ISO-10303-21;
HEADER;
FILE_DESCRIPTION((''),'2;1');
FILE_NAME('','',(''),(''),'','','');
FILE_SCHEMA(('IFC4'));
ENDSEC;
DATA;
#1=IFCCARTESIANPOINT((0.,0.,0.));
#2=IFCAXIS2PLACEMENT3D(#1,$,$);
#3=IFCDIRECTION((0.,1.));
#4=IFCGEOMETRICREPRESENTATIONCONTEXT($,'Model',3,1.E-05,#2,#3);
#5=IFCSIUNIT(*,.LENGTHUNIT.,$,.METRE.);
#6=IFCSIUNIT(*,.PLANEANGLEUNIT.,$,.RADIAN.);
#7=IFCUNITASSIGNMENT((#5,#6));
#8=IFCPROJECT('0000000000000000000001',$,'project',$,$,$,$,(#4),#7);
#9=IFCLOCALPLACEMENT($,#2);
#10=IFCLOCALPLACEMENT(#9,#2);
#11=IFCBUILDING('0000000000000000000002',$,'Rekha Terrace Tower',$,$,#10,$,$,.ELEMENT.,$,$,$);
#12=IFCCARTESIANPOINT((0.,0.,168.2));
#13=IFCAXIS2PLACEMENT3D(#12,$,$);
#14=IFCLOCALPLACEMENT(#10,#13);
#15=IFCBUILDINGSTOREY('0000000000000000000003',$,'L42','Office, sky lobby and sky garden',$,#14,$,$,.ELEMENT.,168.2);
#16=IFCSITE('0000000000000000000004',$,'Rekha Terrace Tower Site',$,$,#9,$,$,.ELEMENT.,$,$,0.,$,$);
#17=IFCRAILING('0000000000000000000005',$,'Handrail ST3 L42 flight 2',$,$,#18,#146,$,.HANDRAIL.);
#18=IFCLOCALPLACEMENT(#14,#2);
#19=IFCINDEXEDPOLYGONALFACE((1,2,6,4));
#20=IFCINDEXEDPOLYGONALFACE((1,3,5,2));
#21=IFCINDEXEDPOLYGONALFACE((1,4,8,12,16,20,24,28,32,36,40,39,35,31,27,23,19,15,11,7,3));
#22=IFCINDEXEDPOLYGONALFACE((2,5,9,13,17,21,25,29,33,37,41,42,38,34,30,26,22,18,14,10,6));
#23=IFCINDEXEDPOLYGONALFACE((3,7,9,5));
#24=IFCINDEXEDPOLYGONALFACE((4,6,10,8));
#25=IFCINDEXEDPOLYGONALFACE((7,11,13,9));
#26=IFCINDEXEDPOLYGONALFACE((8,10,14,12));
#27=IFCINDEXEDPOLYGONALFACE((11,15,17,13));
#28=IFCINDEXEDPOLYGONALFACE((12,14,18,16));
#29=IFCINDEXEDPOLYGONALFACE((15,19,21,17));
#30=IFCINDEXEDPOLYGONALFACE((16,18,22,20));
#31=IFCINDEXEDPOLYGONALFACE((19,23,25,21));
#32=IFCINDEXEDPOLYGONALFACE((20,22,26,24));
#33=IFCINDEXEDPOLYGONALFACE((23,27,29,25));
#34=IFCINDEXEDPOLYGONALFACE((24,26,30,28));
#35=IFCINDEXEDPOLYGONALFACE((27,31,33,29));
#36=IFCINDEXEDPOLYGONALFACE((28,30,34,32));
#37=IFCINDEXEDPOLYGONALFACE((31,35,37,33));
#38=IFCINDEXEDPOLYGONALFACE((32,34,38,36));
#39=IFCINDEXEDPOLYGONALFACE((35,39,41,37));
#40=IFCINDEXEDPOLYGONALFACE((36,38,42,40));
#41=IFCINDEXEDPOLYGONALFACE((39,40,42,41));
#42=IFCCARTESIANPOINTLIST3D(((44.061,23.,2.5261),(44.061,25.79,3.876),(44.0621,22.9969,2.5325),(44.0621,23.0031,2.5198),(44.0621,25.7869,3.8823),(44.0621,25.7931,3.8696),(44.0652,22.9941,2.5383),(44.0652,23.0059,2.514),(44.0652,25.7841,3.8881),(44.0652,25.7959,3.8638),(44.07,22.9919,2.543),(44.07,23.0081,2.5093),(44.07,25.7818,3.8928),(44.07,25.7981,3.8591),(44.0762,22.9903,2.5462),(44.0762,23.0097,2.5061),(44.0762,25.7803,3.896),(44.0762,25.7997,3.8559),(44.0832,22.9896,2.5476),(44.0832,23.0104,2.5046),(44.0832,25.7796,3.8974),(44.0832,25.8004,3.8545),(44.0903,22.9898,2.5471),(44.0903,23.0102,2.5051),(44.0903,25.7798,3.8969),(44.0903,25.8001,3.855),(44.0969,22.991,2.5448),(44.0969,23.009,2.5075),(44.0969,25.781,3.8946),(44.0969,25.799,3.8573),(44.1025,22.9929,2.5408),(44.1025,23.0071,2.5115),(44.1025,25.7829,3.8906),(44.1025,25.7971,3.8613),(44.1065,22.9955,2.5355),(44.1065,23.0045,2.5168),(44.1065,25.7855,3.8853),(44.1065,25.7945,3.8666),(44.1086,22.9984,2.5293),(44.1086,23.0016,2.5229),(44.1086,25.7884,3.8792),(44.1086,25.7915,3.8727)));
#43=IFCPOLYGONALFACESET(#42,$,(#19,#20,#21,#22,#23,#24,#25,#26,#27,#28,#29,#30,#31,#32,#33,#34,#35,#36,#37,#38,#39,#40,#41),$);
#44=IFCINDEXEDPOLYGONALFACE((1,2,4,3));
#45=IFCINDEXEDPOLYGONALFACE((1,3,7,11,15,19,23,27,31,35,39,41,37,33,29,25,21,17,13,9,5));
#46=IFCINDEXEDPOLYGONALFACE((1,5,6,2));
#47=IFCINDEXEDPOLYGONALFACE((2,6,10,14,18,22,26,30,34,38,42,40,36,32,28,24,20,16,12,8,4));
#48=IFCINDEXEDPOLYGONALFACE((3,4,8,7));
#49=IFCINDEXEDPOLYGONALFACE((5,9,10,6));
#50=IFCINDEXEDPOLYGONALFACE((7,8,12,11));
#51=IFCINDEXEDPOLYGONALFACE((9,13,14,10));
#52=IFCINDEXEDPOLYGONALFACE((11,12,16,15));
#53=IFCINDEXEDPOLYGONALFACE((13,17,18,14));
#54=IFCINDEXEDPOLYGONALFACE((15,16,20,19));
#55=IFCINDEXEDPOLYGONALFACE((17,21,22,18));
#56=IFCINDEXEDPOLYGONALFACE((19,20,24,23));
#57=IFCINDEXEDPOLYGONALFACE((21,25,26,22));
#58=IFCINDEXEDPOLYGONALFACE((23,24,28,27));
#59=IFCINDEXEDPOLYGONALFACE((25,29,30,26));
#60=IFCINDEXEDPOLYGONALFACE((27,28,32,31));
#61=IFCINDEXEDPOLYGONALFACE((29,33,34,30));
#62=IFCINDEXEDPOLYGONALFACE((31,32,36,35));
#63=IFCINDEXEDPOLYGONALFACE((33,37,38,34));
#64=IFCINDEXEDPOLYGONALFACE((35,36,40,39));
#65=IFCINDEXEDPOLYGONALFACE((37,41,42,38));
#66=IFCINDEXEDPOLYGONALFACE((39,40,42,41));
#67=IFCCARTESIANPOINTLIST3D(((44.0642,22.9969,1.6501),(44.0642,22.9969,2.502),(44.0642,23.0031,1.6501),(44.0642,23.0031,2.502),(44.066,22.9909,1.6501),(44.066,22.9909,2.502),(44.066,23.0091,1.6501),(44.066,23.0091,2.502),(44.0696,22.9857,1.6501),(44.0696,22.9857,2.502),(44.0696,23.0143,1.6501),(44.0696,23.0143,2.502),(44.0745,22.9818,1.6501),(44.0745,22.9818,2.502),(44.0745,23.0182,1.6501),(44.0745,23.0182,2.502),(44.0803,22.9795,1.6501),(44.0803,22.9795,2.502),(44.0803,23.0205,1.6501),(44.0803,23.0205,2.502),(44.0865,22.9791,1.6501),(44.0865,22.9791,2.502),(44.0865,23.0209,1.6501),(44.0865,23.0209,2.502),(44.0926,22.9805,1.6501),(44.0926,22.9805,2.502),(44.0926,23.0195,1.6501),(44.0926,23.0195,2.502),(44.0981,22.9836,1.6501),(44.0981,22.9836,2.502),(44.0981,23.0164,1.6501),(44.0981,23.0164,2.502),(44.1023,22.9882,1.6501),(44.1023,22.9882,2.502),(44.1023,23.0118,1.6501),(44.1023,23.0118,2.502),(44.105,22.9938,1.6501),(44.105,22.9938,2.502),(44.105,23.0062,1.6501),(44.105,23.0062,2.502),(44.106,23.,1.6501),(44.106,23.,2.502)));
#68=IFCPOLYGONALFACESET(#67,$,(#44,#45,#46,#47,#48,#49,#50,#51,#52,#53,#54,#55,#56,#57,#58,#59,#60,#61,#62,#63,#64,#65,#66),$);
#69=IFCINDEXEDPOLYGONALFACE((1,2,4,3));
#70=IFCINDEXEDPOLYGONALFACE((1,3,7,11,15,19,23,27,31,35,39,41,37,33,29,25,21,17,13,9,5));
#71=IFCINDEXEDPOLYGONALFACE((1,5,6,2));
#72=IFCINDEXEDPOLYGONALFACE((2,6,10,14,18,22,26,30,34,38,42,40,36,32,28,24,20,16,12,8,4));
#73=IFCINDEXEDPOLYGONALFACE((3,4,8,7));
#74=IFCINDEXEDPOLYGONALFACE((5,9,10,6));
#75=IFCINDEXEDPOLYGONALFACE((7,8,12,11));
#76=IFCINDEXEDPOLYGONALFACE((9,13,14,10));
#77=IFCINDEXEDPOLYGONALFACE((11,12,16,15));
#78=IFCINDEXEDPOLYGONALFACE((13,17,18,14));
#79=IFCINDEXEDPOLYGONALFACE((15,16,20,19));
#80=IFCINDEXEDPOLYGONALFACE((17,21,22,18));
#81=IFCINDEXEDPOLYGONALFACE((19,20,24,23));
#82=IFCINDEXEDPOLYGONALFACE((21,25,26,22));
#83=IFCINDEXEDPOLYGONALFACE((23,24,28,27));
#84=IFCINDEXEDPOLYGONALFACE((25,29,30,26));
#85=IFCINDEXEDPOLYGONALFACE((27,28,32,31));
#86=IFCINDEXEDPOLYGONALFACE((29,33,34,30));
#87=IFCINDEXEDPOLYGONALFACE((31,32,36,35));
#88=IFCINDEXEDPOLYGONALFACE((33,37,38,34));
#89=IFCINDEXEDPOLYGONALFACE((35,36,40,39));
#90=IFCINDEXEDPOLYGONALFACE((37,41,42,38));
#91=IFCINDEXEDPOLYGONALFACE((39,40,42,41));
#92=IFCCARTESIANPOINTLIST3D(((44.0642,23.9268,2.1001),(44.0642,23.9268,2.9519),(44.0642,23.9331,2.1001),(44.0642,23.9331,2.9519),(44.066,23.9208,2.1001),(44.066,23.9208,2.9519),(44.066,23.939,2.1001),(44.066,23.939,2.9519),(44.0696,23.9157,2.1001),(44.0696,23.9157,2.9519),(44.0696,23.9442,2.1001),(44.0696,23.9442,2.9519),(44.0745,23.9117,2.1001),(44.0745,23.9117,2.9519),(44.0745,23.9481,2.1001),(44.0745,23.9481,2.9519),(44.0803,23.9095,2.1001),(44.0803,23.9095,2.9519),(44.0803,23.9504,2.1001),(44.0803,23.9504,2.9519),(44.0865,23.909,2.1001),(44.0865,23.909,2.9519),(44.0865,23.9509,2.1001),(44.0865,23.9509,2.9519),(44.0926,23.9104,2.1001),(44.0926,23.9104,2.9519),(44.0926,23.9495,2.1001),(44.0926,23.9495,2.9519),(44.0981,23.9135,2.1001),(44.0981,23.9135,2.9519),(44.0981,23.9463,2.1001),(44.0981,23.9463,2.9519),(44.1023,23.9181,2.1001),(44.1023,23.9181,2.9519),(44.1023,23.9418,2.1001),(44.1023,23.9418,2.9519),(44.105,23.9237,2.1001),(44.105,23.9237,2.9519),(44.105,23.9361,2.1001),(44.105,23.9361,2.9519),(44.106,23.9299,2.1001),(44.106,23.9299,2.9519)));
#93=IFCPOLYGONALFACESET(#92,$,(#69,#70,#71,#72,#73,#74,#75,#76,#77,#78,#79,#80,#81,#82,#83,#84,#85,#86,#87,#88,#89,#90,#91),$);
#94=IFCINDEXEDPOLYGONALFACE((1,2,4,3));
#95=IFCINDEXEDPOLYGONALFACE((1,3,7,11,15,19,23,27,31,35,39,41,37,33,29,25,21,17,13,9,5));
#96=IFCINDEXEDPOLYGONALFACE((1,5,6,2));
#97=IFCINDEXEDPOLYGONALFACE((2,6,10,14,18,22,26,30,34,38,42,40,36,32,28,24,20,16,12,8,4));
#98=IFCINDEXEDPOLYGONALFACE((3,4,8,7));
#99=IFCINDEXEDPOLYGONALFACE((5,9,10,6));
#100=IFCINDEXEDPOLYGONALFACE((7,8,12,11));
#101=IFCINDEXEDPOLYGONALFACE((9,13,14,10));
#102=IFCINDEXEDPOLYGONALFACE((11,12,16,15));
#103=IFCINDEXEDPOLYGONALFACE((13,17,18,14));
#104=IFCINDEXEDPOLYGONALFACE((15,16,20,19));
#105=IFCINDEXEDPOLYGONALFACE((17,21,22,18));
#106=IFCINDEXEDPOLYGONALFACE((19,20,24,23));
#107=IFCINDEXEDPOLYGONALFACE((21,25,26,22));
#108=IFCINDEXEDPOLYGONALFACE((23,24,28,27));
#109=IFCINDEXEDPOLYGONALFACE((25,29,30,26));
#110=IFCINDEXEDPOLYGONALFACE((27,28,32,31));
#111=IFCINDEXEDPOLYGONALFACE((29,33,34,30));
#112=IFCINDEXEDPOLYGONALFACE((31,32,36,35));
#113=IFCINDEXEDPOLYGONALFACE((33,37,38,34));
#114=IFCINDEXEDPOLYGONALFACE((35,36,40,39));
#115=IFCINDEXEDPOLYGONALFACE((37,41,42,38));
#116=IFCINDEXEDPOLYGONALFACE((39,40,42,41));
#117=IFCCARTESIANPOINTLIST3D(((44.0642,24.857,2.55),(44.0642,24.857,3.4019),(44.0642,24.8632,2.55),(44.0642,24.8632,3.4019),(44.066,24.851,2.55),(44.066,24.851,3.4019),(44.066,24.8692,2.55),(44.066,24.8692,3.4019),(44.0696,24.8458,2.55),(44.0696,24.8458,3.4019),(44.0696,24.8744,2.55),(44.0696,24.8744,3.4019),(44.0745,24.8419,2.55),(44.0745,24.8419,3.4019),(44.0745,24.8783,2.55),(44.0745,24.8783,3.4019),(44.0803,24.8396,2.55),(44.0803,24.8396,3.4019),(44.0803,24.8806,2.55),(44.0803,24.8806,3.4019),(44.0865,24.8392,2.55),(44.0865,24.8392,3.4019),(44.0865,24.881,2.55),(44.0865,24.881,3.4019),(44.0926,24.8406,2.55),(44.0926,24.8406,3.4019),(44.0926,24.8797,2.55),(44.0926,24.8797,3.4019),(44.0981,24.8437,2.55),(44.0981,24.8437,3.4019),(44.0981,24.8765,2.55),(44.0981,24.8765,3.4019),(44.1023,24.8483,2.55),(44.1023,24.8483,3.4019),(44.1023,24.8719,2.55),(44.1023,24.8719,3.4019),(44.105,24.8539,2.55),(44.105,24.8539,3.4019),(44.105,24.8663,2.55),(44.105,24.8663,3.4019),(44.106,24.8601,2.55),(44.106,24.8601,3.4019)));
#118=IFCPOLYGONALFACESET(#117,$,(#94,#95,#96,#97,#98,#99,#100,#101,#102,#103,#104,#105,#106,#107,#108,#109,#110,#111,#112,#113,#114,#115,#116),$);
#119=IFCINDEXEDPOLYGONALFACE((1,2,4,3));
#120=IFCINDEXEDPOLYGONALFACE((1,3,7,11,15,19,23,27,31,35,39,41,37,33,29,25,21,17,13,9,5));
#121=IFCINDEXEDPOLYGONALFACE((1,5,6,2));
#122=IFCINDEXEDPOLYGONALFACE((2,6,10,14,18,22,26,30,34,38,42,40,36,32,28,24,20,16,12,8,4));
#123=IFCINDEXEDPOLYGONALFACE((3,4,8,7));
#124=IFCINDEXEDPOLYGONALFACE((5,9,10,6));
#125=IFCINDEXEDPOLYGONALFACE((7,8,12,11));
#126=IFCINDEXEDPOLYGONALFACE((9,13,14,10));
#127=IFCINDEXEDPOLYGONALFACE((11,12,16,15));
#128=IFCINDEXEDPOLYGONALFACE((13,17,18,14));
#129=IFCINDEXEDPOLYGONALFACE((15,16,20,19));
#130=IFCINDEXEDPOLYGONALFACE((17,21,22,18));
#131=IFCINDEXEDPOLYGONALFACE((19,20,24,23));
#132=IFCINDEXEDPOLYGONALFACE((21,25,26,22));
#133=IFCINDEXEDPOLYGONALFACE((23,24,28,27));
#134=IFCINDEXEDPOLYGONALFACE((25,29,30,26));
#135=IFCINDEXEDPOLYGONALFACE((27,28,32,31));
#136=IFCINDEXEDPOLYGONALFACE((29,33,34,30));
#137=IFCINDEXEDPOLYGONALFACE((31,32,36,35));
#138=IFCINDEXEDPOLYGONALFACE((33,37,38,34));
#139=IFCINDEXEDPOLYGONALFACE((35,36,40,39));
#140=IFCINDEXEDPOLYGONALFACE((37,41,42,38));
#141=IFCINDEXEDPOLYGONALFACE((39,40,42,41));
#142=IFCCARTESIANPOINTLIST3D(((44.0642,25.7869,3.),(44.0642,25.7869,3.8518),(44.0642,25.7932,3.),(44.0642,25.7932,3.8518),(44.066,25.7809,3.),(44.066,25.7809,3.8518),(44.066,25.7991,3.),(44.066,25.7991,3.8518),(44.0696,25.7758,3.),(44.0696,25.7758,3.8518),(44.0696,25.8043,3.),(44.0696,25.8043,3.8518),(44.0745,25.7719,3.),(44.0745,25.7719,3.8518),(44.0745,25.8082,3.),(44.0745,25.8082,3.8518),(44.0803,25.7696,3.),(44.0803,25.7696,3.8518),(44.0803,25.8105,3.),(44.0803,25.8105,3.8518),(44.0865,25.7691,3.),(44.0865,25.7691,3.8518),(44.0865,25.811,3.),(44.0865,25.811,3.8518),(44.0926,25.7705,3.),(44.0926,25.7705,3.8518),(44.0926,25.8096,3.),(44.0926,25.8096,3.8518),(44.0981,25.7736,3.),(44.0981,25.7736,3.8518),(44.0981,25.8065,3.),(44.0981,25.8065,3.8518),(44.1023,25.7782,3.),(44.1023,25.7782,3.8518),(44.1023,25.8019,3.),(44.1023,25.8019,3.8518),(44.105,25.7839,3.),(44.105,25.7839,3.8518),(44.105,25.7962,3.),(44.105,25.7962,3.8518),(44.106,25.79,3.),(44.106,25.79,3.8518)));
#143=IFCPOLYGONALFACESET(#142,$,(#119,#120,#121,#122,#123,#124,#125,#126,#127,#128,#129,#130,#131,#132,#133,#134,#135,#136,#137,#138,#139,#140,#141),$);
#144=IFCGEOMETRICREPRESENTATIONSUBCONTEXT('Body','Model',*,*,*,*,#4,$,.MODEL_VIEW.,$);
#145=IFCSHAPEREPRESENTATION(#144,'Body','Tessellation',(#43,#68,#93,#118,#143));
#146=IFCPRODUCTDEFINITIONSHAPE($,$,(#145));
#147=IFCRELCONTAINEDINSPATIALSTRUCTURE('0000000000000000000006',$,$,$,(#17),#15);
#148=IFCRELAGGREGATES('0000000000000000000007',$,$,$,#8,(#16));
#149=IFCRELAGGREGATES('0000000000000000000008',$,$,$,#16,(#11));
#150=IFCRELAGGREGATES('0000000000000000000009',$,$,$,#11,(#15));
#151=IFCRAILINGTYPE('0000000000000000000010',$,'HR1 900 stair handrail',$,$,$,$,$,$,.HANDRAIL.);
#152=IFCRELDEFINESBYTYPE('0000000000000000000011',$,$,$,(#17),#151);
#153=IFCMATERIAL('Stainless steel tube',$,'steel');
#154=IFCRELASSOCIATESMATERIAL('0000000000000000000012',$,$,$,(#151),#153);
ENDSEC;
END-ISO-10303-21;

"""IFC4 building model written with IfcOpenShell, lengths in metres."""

from ifc_helpers import new_model, si_unit, direction, frame, origin, origin_2d, place, context, subcontext, project, spatial, circle, extrude, material, type_object, element, save


model = new_model("IFC4")

# Units and contexts
model_context = context("Model", 3, precision=1e-05, world=origin(), true_north=direction((0.0, 1.0)))
body_context = subcontext(model_context, "Body", "Model", "MODEL_VIEW")
ifc_project = project(units=[si_unit("LENGTHUNIT", "METRE"), si_unit("PLANEANGLEUNIT", "RADIAN")], contexts=[model_context])

# Site, building, storey
site_placement = place(None, origin())
site = spatial("IfcSite", under=ifc_project, at=site_placement, Name="Rekha Terrace Tower Site", CompositionType="ELEMENT", RefElevation=0.0)
building_placement = place(site_placement, origin())
building = spatial("IfcBuilding", under=site, at=building_placement, Name="Rekha Terrace Tower", CompositionType="ELEMENT")
storey_placement = place(building_placement, frame((0.0, 0.0, 168.2)))
storey = spatial("IfcBuildingStorey", under=building, at=storey_placement, Name="L42", Description="Office, sky lobby and sky garden", CompositionType="ELEMENT", Elevation=168.2)

# Railing
ifc_material_1 = material(Name="Stainless steel tube", Category="steel")
railing_type_1 = type_object("IfcRailingType", Name="HR1 900 stair handrail", PredefinedType="HANDRAIL", material=ifc_material_1)
railing_1_placement = place(storey_placement, frame((44.085, 23.0, 1.6501)))
element("IfcRailing", 1, at=railing_1_placement, inside=storey, type_object=railing_type_1, Name="Handrail ST3 L42 flight 2", PredefinedType="HANDRAIL", context=body_context, shape_type="SweptSolid", body=[
    extrude(circle(Radius=0.0239, at=origin_2d()), frame((0.0, 0.0, 0.876), z_axis=(0.0, 0.90018, 0.435518), x_axis=(-1.0, 0.0, 0.0)), (0.0, 0.0, 1.0), 3.0994),
    extrude(circle(Radius=0.021, at=origin_2d()), origin(), (0.0, 0.0, 1.0), 0.8518),
    extrude(circle(Radius=0.021, at=origin_2d()), frame((0.0, 0.9299, 0.45)), (0.0, 0.0, 1.0), 0.8518),
    extrude(circle(Radius=0.021, at=origin_2d()), frame((0.0, 1.8601, 0.8999)), (0.0, 0.0, 1.0), 0.8518),
    extrude(circle(Radius=0.021, at=origin_2d()), frame((0.0, 2.79, 1.3499)), (0.0, 0.0, 1.0), 0.8518),
])

save(model, "model.ifc")
